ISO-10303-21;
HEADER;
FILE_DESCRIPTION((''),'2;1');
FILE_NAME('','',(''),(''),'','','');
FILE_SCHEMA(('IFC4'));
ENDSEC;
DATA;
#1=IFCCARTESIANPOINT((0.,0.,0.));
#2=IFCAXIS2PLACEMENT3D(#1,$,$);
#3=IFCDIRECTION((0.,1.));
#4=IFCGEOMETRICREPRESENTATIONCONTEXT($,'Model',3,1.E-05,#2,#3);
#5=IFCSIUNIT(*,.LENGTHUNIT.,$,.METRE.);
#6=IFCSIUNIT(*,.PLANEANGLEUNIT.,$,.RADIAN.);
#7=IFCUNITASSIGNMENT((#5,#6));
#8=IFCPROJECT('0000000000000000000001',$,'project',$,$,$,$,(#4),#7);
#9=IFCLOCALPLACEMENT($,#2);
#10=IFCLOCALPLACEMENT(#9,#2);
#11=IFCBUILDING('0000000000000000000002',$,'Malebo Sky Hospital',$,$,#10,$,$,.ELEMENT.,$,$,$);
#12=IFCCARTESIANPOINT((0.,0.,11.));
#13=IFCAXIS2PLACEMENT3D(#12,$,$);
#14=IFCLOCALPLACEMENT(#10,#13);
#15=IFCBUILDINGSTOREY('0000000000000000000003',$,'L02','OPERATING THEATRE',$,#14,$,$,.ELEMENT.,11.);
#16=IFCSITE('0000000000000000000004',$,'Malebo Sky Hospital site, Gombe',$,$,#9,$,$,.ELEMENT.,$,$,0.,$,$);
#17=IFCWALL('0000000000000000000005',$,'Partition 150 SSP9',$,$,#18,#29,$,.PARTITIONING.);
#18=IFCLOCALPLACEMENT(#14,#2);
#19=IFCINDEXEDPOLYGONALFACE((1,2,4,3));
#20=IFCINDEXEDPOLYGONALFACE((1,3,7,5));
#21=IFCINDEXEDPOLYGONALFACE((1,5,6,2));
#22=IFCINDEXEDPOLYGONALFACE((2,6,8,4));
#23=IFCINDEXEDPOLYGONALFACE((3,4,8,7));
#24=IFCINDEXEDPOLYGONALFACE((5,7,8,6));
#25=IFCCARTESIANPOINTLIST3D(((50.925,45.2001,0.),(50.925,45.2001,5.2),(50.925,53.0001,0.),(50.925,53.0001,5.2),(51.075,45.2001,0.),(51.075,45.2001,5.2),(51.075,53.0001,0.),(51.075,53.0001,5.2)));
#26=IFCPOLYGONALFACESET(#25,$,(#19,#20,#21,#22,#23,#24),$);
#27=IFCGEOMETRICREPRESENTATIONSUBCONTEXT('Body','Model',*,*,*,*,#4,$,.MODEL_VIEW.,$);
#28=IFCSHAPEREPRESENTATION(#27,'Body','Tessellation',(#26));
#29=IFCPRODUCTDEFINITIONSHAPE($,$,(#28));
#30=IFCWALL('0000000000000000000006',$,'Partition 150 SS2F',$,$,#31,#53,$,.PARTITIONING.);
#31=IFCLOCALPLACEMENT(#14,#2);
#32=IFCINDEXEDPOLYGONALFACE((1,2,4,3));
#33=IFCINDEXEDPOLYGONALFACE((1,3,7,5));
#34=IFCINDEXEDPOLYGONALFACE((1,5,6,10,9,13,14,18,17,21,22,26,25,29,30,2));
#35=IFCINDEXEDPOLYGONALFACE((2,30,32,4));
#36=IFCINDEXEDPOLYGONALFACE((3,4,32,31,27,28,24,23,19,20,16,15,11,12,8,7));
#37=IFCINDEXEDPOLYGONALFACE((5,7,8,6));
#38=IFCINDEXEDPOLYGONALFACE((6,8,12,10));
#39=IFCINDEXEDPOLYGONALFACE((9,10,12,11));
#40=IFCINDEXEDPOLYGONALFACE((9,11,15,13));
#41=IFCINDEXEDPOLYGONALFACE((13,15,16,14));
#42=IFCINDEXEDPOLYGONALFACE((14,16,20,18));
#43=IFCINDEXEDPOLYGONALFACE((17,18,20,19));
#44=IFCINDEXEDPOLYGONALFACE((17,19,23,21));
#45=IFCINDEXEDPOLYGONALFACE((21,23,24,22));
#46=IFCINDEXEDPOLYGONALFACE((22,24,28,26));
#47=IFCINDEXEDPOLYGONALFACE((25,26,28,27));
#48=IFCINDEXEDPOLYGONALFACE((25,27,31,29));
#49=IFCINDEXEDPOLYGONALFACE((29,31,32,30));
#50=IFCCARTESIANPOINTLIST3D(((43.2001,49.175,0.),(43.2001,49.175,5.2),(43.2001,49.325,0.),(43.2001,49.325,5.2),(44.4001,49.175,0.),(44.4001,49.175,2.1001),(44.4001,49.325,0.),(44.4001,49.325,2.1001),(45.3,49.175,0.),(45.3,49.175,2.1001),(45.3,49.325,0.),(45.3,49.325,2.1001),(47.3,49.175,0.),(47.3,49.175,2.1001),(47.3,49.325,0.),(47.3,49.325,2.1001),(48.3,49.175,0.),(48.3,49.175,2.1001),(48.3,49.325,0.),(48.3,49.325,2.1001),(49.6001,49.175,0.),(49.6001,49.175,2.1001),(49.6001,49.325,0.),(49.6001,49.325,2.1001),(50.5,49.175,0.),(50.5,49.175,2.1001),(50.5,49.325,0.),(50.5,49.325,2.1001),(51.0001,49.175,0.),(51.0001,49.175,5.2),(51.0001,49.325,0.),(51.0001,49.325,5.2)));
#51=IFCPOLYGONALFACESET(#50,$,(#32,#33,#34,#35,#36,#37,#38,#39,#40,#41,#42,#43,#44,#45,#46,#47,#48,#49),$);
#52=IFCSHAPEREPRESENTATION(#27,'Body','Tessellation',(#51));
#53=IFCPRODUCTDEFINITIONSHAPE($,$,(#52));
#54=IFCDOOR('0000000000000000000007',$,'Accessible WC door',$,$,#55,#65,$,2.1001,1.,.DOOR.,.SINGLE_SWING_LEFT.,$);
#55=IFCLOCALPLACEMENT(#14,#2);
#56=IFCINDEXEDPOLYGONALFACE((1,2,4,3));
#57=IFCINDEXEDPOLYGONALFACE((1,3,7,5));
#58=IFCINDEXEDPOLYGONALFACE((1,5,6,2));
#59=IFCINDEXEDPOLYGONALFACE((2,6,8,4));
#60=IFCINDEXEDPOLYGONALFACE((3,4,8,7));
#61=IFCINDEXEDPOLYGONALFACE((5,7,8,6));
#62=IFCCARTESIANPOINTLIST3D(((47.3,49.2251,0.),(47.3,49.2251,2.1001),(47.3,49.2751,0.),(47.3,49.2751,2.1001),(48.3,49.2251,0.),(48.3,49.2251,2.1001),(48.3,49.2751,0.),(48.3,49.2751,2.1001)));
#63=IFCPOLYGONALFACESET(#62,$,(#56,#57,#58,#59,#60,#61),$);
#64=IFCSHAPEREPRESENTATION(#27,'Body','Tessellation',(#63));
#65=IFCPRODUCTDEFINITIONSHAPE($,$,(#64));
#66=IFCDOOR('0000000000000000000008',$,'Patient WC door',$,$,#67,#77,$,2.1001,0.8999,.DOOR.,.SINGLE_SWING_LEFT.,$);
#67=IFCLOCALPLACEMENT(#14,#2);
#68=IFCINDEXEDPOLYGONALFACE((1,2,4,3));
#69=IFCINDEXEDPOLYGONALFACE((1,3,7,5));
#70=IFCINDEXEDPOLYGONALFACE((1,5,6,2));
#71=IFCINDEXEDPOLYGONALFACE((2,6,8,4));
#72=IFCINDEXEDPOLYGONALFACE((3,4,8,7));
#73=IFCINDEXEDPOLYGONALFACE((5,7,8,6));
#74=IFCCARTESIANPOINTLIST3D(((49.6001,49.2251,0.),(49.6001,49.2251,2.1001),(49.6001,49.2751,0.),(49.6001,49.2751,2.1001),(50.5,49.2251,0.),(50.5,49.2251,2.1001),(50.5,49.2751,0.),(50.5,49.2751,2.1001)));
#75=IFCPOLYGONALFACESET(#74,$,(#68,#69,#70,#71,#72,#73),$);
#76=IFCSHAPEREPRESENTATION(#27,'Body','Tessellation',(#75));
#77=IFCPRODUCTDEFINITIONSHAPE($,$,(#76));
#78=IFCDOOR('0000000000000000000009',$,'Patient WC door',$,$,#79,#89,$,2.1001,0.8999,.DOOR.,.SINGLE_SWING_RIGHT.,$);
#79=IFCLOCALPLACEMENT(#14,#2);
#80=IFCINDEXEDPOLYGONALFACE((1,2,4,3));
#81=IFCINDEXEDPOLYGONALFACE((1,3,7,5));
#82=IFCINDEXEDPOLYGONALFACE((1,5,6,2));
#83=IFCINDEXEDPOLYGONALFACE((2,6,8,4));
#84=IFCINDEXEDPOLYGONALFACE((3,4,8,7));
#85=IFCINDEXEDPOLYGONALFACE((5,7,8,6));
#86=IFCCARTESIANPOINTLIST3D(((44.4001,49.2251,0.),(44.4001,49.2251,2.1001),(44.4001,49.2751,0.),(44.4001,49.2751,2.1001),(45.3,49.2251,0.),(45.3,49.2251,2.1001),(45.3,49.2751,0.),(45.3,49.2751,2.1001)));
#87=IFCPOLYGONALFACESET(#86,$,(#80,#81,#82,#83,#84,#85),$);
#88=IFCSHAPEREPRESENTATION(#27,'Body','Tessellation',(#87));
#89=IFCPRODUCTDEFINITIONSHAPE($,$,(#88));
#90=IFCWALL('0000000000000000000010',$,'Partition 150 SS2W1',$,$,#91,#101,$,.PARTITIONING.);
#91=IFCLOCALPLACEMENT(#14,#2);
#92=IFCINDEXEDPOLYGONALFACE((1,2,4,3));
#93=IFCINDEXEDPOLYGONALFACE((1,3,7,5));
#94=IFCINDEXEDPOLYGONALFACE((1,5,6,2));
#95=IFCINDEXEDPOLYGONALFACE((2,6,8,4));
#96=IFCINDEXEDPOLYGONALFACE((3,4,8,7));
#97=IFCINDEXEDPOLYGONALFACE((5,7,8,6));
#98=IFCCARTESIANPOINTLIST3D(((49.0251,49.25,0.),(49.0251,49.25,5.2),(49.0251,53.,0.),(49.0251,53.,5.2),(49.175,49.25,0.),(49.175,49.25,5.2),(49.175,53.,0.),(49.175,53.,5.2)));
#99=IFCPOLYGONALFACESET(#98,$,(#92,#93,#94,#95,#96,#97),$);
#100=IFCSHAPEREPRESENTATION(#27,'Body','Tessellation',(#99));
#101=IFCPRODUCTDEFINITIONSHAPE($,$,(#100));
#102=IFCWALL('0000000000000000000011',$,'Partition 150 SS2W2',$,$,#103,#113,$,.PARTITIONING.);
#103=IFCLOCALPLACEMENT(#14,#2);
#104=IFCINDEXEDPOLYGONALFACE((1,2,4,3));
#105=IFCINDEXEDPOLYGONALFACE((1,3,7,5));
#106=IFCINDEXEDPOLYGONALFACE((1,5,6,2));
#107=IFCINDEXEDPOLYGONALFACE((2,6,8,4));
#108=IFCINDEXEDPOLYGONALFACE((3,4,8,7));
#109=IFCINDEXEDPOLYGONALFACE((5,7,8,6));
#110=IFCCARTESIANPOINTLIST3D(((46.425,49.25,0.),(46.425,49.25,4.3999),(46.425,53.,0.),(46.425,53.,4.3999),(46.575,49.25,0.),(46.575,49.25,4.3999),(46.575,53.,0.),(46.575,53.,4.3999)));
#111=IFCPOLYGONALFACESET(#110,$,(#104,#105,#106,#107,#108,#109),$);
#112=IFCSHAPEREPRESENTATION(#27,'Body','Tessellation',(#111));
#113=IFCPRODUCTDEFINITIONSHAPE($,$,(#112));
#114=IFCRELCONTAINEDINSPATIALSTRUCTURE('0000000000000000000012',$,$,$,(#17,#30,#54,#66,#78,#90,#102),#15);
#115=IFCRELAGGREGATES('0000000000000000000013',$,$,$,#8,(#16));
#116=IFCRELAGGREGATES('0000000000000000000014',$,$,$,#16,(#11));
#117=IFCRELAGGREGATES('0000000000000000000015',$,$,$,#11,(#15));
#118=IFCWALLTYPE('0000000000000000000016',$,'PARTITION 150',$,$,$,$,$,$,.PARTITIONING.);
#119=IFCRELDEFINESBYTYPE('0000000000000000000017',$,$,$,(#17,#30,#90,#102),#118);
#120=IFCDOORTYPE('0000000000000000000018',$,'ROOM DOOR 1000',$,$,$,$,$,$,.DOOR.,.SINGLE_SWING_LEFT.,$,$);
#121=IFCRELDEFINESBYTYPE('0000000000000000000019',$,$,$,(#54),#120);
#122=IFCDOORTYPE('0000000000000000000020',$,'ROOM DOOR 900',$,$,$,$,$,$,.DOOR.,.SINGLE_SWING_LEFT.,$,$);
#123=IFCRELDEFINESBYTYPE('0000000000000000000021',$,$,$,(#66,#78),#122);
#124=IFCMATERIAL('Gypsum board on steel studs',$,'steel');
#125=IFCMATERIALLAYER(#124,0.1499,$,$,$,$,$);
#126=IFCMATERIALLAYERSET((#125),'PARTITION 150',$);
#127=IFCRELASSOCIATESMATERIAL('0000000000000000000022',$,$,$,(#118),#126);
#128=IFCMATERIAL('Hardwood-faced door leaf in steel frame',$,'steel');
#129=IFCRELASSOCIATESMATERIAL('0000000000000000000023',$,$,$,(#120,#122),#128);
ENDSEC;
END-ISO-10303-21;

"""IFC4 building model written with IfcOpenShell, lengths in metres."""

from ifc_helpers import new_model, si_unit, direction, frame, frame_2d, origin, place, context, subcontext, project, spatial, rectangle, extrude, material, layer, layer_set, type_object, element, fill, save


model = new_model("IFC4")

# Units and contexts
model_context = context("Model", 3, precision=1e-05, world=origin(), true_north=direction((0.0, 1.0)))
body_context = subcontext(model_context, "Body", "Model", "MODEL_VIEW")
ifc_project = project(units=[si_unit("LENGTHUNIT", "METRE"), si_unit("PLANEANGLEUNIT", "RADIAN")], contexts=[model_context])

# Site, building, storey
site_placement = place(None, origin())
site = spatial("IfcSite", under=ifc_project, at=site_placement, Name="Malebo Sky Hospital site, Gombe", CompositionType="ELEMENT", RefElevation=0.0)
building_placement = place(site_placement, origin())
building = spatial("IfcBuilding", under=site, at=building_placement, Name="Malebo Sky Hospital", CompositionType="ELEMENT")
storey_placement = place(building_placement, frame((0.0, 0.0, 11.0)))
storey = spatial("IfcBuildingStorey", under=building, at=storey_placement, Name="L02", Description="OPERATING THEATRE", CompositionType="ELEMENT", Elevation=11.0)

# Shared definitions
ifc_material_1 = material(Name="Hardwood-faced door leaf in steel frame", Category="steel")

# Shared definitions
ifc_material_2 = material(Name="Gypsum board on steel studs", Category="steel")
ifc_layer_1 = layer(ifc_material_2, 0.1499)
ifc_layer_set_1 = layer_set([ifc_layer_1], Name="PARTITION 150")
wall_type_1 = type_object("IfcWallType", Name="PARTITION 150", PredefinedType="PARTITIONING", material=ifc_layer_set_1)

# Shared definitions
door_type_1 = type_object("IfcDoorType", Name="ROOM DOOR 1000", OperationType="SINGLE_SWING_LEFT", PredefinedType="DOOR", material=ifc_material_1)
door_type_2 = type_object("IfcDoorType", Name="ROOM DOOR 900", OperationType="SINGLE_SWING_LEFT", PredefinedType="DOOR", material=ifc_material_1)

# Wall
wall_1_placement = place(storey_placement, frame((51.0, 53.0, 0.0), z_axis=(0.0, 0.0, 1.0), x_axis=(0.0, -1.0, 0.0)))
element("IfcWall", 1, at=wall_1_placement, inside=storey, type_object=wall_type_1, Name="Partition 150 SSP9", PredefinedType="PARTITIONING", context=body_context, shape_type="SweptSolid", body=[
    extrude(rectangle(XDim=7.8, YDim=0.1499, at=frame_2d((3.8999, 0.0))), origin(), (0.0, 0.0, 1.0), 5.2),
])

# Wall, openings, doors
wall_2_placement = place(storey_placement, frame((51.0, 49.25, 0.0), z_axis=(0.0, 0.0, 1.0), x_axis=(-1.0, 0.0, 0.0)))
wall_2 = element("IfcWall", 2, at=wall_2_placement, inside=storey, type_object=wall_type_1, Name="Partition 150 SS2F", PredefinedType="PARTITIONING", context=body_context, shape_type="SweptSolid", body=[
    extrude(rectangle(XDim=7.8, YDim=0.1499, at=frame_2d((3.8999, 0.0))), origin(), (0.0, 0.0, 1.0), 5.2),
])
opening_1_placement = place(wall_2_placement, frame((0.5, 0.0, 0.0)))
opening_1 = element("IfcOpeningElement", 3, at=opening_1_placement, cuts=wall_2, PredefinedType="OPENING", context=body_context, shape_type="SweptSolid", body=[
    extrude(rectangle(XDim=0.8999, YDim=2.1001, at=frame_2d((0.45, 1.05))), frame((0.0, 0.085, 0.0), z_axis=(0.0, -1.0, 0.0), x_axis=(1.0, 0.0, 0.0)), (0.0, 0.0, 1.0), 0.1699),
])
opening_2_placement = place(wall_2_placement, frame((2.7, 0.0, 0.0)))
opening_2 = element("IfcOpeningElement", 4, at=opening_2_placement, cuts=wall_2, PredefinedType="OPENING", context=body_context, shape_type="SweptSolid", body=[
    extrude(rectangle(XDim=1.0, YDim=2.1001, at=frame_2d((0.5, 1.05))), frame((0.0, 0.085, 0.0), z_axis=(0.0, -1.0, 0.0), x_axis=(1.0, 0.0, 0.0)), (0.0, 0.0, 1.0), 0.1699),
])
opening_3_placement = place(wall_2_placement, frame((5.7, 0.0, 0.0)))
opening_3 = element("IfcOpeningElement", 5, at=opening_3_placement, cuts=wall_2, PredefinedType="OPENING", context=body_context, shape_type="SweptSolid", body=[
    extrude(rectangle(XDim=0.8999, YDim=2.1001, at=frame_2d((0.45, 1.05))), frame((0.0, 0.085, 0.0), z_axis=(0.0, -1.0, 0.0), x_axis=(1.0, 0.0, 0.0)), (0.0, 0.0, 1.0), 0.1699),
])
door_1_placement = place(opening_2_placement, origin())
door_1 = element("IfcDoor", 6, at=door_1_placement, inside=storey, type_object=door_type_1, Name="Accessible WC door", OperationType="SINGLE_SWING_LEFT", OverallHeight=2.1001, OverallWidth=1.0, PredefinedType="DOOR", context=body_context, shape_type="SweptSolid", body=[
    extrude(rectangle(XDim=1.0, YDim=2.1001, at=frame_2d((0.5, 1.05))), frame((0.0, 0.0249, 0.0), z_axis=(0.0, -1.0, 0.0), x_axis=(1.0, 0.0, 0.0)), (0.0, 0.0, 1.0), 0.05),
])
fill(opening_2, door_1)
door_2_placement = place(opening_1_placement, origin())
door_2 = element("IfcDoor", 7, at=door_2_placement, inside=storey, type_object=door_type_2, Name="Patient WC door", OperationType="SINGLE_SWING_LEFT", OverallHeight=2.1001, OverallWidth=0.8999, PredefinedType="DOOR", context=body_context, shape_type="SweptSolid", body=[
    extrude(rectangle(XDim=0.8999, YDim=2.1001, at=frame_2d((0.45, 1.05))), frame((0.0, 0.0249, 0.0), z_axis=(0.0, -1.0, 0.0), x_axis=(1.0, 0.0, 0.0)), (0.0, 0.0, 1.0), 0.05),
])
fill(opening_1, door_2)
door_3_placement = place(opening_3_placement, origin())
door_3 = element("IfcDoor", 8, at=door_3_placement, inside=storey, type_object=door_type_2, Name="Patient WC door", OperationType="SINGLE_SWING_RIGHT", OverallHeight=2.1001, OverallWidth=0.8999, PredefinedType="DOOR", context=body_context, shape_type="SweptSolid", body=[
    extrude(rectangle(XDim=0.8999, YDim=2.1001, at=frame_2d((0.45, 1.05))), frame((0.0, 0.0249, 0.0), z_axis=(0.0, -1.0, 0.0), x_axis=(1.0, 0.0, 0.0)), (0.0, 0.0, 1.0), 0.05),
])
fill(opening_3, door_3)

# Walls
wall_3_placement = place(storey_placement, frame((49.1001, 53.0, 0.0), z_axis=(0.0, 0.0, 1.0), x_axis=(0.0, -1.0, 0.0)))
element("IfcWall", 9, at=wall_3_placement, inside=storey, type_object=wall_type_1, Name="Partition 150 SS2W1", PredefinedType="PARTITIONING", context=body_context, shape_type="SweptSolid", body=[
    extrude(rectangle(XDim=3.75, YDim=0.1499, at=frame_2d((1.875, 0.0))), origin(), (0.0, 0.0, 1.0), 5.2),
])
wall_4_placement = place(storey_placement, frame((46.5, 53.0, 0.0), z_axis=(0.0, 0.0, 1.0), x_axis=(0.0, -1.0, 0.0)))
element("IfcWall", 10, at=wall_4_placement, inside=storey, type_object=wall_type_1, Name="Partition 150 SS2W2", PredefinedType="PARTITIONING", context=body_context, shape_type="SweptSolid", body=[
    extrude(rectangle(XDim=3.75, YDim=0.1499, at=frame_2d((1.875, 0.0))), origin(), (0.0, 0.0, 1.0), 4.3999),
])

save(model, "model.ifc")
